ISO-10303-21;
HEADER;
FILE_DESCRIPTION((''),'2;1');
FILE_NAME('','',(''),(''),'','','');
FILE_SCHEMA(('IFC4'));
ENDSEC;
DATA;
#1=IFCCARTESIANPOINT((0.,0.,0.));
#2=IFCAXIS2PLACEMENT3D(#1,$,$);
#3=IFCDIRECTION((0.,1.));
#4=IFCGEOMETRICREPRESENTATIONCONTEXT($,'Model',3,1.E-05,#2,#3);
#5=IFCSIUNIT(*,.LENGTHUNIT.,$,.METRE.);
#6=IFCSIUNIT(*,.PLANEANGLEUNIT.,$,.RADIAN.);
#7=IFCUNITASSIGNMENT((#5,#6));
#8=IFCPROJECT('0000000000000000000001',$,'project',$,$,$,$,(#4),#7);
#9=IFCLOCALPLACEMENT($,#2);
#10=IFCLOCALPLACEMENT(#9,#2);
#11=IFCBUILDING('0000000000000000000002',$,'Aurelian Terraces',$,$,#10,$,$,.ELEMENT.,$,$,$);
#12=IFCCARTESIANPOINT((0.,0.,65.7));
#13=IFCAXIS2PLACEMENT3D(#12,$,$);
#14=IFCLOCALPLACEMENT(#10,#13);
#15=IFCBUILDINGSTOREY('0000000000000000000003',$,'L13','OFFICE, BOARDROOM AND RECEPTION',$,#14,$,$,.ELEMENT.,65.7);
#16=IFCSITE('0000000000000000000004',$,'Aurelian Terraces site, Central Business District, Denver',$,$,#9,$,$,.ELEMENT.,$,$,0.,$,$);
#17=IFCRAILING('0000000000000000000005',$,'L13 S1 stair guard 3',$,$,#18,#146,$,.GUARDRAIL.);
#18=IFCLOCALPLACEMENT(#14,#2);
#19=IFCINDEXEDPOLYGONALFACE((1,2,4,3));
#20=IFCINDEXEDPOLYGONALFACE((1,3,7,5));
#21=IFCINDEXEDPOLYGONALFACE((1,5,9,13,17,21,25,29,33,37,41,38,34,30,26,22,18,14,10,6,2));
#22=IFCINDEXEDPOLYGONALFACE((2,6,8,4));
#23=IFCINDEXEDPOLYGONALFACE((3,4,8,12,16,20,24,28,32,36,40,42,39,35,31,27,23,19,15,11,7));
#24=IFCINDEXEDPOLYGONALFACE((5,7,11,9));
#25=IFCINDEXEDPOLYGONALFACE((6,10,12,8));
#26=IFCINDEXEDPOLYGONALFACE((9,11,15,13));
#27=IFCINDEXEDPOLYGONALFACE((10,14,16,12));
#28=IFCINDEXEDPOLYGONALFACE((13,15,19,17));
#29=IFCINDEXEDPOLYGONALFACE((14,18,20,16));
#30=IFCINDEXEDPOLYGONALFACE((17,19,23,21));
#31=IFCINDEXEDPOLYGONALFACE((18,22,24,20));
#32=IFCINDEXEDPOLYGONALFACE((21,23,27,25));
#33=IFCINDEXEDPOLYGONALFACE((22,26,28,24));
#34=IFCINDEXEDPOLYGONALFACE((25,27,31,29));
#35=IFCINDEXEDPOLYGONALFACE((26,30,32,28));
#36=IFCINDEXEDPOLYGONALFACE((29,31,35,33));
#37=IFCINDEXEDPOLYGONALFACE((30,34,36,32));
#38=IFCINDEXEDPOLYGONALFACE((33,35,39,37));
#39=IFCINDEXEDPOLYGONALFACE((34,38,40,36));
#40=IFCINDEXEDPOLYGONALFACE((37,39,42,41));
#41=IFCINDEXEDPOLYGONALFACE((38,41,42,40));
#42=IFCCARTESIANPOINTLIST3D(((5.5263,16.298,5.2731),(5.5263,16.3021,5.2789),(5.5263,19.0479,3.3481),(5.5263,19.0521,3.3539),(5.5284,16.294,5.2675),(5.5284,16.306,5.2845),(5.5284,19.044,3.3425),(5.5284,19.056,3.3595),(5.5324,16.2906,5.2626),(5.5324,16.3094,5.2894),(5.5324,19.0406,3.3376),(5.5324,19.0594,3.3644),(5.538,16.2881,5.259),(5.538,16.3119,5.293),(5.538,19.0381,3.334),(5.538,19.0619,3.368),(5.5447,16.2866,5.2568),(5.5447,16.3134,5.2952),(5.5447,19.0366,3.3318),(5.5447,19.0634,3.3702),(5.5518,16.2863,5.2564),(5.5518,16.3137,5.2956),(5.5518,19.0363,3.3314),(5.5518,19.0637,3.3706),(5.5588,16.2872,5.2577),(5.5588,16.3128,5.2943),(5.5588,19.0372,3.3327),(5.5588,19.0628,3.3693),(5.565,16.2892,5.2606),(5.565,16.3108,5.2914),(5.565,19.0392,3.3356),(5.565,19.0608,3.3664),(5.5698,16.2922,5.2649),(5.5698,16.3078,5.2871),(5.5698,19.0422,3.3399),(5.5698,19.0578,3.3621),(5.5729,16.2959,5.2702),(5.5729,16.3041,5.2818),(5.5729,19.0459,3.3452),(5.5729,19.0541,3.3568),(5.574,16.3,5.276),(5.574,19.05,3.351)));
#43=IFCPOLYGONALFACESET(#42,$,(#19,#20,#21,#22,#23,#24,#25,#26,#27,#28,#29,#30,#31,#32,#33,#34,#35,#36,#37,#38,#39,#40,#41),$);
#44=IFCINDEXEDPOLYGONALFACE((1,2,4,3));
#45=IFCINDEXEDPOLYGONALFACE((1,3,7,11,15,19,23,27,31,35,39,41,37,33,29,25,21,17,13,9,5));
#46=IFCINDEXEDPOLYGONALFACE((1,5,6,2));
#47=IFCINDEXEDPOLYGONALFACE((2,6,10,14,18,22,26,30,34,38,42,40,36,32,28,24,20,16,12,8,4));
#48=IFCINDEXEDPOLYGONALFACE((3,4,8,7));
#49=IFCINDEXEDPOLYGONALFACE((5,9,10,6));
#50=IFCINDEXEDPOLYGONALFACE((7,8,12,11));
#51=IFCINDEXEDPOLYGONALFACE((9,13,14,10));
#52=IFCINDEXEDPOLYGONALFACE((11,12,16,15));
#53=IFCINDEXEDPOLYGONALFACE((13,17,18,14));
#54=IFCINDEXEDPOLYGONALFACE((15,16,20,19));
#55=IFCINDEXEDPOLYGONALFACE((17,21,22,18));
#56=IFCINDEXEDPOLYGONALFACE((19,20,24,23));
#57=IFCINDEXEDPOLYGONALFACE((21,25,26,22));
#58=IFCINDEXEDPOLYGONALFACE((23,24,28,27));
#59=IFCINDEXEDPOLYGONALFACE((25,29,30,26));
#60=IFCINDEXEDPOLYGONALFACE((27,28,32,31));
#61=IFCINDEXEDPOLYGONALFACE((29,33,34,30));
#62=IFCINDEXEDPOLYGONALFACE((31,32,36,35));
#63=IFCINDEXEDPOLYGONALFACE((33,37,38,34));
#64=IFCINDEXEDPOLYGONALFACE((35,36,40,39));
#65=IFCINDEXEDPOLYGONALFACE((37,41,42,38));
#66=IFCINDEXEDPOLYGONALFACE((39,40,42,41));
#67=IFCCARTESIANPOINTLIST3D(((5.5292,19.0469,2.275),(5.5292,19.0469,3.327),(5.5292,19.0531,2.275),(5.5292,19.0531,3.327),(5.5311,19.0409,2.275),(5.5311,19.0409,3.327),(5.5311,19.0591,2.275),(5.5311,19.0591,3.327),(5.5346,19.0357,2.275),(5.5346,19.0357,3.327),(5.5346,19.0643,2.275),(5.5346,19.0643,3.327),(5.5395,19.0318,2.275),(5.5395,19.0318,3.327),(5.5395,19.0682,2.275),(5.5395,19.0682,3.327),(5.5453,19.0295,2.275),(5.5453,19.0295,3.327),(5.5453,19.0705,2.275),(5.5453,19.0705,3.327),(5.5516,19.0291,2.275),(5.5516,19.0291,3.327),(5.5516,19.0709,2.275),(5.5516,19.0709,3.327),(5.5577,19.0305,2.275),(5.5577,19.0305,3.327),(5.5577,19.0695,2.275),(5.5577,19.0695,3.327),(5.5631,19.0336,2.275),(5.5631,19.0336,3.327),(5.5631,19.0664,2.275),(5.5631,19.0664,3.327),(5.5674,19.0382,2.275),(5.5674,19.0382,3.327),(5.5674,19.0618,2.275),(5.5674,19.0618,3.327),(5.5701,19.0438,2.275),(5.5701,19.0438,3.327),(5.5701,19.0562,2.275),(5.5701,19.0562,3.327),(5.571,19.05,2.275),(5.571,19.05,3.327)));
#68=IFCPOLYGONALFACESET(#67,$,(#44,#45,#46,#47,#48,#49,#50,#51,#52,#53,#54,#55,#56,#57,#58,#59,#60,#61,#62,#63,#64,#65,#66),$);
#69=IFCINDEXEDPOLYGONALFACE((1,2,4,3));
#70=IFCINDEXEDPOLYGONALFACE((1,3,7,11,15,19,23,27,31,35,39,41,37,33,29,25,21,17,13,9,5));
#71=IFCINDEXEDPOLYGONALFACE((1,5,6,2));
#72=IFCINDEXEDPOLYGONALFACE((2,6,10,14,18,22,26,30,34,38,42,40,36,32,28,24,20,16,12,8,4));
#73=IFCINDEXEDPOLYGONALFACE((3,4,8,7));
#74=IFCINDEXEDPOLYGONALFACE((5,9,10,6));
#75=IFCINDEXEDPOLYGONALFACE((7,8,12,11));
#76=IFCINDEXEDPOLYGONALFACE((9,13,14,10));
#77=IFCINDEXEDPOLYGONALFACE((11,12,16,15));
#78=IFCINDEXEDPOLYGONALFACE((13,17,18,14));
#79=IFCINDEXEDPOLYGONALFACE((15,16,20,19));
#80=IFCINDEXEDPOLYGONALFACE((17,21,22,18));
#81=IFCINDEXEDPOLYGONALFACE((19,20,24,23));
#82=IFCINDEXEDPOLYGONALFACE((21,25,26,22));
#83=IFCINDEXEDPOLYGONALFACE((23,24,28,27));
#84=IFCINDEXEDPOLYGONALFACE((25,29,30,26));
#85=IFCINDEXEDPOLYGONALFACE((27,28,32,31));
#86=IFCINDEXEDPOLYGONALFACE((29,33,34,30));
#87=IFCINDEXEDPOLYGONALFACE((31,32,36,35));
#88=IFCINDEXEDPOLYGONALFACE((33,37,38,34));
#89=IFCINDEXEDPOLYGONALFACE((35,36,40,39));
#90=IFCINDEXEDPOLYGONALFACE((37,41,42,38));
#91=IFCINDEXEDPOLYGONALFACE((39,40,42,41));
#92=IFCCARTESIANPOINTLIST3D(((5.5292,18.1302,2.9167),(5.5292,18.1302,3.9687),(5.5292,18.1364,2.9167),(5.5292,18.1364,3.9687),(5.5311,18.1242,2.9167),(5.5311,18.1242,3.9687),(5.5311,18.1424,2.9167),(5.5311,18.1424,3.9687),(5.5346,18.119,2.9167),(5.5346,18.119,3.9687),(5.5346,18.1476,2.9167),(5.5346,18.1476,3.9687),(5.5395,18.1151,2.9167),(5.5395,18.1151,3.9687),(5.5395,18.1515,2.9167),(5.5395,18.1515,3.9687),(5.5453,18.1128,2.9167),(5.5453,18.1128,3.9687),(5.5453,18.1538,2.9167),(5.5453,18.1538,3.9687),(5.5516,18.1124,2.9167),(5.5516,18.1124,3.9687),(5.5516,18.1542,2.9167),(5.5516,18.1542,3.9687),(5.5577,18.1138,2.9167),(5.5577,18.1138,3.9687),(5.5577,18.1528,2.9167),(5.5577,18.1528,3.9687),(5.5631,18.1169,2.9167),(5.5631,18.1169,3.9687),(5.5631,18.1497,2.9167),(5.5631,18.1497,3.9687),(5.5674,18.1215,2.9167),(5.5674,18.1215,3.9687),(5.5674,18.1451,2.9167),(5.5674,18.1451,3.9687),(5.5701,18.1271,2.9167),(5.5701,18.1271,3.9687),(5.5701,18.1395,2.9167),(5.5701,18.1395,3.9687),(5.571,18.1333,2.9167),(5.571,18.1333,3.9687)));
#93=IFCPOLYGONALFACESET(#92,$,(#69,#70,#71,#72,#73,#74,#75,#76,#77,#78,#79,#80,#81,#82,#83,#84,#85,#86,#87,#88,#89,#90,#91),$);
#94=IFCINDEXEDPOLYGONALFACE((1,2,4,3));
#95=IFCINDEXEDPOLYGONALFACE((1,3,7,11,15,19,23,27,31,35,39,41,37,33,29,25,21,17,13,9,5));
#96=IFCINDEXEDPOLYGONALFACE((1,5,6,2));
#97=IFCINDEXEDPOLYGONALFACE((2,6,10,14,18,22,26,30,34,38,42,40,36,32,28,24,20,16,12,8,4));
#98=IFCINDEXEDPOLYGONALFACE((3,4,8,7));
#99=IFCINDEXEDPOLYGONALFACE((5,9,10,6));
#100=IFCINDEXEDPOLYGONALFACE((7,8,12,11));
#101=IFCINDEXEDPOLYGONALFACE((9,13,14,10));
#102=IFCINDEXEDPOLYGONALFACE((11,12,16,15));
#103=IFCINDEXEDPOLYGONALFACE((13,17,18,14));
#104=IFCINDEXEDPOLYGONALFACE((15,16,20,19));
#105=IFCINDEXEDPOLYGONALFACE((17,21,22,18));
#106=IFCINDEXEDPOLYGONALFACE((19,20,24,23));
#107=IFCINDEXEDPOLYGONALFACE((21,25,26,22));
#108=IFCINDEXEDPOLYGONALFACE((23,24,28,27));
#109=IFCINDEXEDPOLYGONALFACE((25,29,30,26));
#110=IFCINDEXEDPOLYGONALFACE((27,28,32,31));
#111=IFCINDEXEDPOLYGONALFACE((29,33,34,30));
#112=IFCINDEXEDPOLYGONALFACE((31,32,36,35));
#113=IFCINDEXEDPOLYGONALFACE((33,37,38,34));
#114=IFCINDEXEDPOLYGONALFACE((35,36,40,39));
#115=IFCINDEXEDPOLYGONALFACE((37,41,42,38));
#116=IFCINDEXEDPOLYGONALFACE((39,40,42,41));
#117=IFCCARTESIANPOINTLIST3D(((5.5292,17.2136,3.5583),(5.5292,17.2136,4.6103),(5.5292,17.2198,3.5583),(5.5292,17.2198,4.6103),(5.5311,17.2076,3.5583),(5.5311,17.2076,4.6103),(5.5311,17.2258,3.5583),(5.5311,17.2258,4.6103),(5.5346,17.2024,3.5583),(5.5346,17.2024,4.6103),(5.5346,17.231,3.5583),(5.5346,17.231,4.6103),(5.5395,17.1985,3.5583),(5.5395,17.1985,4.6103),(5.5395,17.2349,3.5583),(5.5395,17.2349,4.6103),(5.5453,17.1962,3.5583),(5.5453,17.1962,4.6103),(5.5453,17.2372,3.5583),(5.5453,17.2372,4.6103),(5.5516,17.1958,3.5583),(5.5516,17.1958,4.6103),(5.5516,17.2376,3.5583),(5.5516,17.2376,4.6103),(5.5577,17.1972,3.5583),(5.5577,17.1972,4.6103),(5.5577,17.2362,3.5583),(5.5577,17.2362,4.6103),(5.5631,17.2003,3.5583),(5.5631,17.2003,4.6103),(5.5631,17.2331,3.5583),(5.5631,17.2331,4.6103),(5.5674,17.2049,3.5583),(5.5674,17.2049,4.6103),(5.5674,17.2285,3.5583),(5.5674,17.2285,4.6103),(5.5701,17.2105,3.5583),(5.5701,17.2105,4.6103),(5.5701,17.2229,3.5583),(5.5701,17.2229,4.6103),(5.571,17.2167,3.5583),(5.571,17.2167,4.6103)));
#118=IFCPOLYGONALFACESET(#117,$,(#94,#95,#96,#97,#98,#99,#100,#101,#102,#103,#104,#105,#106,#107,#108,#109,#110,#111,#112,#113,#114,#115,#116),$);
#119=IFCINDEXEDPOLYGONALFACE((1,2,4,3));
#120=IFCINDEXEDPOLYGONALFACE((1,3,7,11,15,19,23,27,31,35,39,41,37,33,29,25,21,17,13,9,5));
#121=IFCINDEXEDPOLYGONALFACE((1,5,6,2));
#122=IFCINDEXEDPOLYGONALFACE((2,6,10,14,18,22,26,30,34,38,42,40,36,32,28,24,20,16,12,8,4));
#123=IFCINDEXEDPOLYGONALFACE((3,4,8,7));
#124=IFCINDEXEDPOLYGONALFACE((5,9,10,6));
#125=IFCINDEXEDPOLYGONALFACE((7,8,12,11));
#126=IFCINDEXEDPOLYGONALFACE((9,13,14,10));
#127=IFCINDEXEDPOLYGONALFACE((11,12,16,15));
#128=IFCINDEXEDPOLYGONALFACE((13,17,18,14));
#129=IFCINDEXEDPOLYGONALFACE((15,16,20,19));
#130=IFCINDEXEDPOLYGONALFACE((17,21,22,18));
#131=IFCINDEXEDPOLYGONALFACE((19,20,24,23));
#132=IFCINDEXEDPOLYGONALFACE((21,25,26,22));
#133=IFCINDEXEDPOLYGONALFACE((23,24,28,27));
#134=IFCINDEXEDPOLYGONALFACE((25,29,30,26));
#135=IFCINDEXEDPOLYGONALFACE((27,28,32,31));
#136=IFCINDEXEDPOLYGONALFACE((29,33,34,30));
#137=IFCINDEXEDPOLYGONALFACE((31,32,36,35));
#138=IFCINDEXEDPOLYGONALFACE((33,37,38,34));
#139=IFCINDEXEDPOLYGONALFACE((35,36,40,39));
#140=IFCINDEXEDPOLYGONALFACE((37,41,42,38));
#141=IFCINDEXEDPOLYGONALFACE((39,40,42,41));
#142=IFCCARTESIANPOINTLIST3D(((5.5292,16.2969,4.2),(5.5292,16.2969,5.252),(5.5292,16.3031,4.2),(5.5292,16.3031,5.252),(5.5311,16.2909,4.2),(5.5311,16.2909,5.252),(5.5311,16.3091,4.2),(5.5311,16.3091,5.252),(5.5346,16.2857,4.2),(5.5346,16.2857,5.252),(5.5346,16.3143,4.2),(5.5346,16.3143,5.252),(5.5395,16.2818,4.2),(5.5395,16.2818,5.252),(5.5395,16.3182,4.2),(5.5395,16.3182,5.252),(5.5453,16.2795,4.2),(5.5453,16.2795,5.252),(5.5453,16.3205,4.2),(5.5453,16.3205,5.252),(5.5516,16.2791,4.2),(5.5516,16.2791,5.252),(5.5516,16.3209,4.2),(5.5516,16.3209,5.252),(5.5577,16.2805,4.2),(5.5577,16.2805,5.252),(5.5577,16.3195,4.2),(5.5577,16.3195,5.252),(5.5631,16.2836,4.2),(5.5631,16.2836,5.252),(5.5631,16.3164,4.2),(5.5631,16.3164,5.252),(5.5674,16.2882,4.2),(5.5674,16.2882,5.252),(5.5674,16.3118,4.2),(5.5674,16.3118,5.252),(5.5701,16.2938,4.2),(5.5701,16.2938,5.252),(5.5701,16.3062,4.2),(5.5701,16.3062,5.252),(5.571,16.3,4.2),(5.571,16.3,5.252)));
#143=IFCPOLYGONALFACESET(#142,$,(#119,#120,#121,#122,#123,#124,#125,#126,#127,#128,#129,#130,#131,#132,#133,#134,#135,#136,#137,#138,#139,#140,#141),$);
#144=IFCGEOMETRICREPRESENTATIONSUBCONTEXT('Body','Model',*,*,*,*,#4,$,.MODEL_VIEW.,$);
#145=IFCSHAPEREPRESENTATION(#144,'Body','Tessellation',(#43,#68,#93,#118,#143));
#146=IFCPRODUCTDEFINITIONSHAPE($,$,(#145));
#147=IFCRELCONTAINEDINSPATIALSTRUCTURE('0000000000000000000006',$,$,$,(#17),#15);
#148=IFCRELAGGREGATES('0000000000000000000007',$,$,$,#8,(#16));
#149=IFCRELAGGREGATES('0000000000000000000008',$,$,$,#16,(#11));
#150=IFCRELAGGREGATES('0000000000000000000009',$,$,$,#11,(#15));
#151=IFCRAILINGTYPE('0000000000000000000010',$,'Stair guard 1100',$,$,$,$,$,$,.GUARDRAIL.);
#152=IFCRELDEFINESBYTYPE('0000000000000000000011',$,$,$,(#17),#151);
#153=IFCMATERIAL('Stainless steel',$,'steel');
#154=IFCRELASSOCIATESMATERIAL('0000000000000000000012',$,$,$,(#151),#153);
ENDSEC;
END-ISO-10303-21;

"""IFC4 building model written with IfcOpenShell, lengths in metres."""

from ifc_helpers import new_model, si_unit, direction, frame, origin, origin_2d, place, context, subcontext, project, spatial, circle, extrude, source, transform, mapped, material, type_object, element, save


model = new_model("IFC4")

# Units and contexts
model_context = context("Model", 3, precision=1e-05, world=origin(), true_north=direction((0.0, 1.0)))
body_context = subcontext(model_context, "Body", "Model", "MODEL_VIEW")
ifc_project = project(units=[si_unit("LENGTHUNIT", "METRE"), si_unit("PLANEANGLEUNIT", "RADIAN")], contexts=[model_context])

# Site, building, storey
site_placement = place(None, origin())
site = spatial("IfcSite", under=ifc_project, at=site_placement, Name="Aurelian Terraces site, Central Business District, Denver", CompositionType="ELEMENT", RefElevation=0.0)
building_placement = place(site_placement, origin())
building = spatial("IfcBuilding", under=site, at=building_placement, Name="Aurelian Terraces", CompositionType="ELEMENT")
storey_placement = place(building_placement, frame((0.0, 0.0, 65.7)))
storey = spatial("IfcBuildingStorey", under=building, at=storey_placement, Name="L13", Description="OFFICE, BOARDROOM AND RECEPTION", CompositionType="ELEMENT", Elevation=65.7)

# Railing
ifc_material_1 = material(Name="Stainless steel", Category="steel")
railing_type_1 = type_object("IfcRailingType", Name="Stair guard 1100", PredefinedType="GUARDRAIL", material=ifc_material_1)
shared_shape_1 = source(origin(), body_context, "Body", "SweptSolid", [
    extrude(circle(Radius=0.024, at=origin_2d()), frame((0.0, 0.0, 1.076), z_axis=(0.0, -0.819232, 0.573462), x_axis=(1.0, 0.0, 0.0)), (0.0, 0.0, 1.0), 3.3568),
    extrude(circle(Radius=0.021, at=origin_2d()), origin(), (0.0, 0.0, 1.0), 1.052),
    extrude(circle(Radius=0.021, at=origin_2d()), frame((0.0, -0.9167, 0.6417)), (0.0, 0.0, 1.0), 1.052),
    extrude(circle(Radius=0.021, at=origin_2d()), frame((0.0, -1.8333, 1.2833)), (0.0, 0.0, 1.0), 1.052),
    extrude(circle(Radius=0.021, at=origin_2d()), frame((0.0, -2.75, 1.925)), (0.0, 0.0, 1.0), 1.052),
])
railing_1_placement = place(storey_placement, frame((5.55, 19.05, 2.275)))
element("IfcRailing", 1, at=railing_1_placement, inside=storey, type_object=railing_type_1, Name="L13 S1 stair guard 3", PredefinedType="GUARDRAIL", context=body_context, shape_type="MappedRepresentation", body=[
    mapped(shared_shape_1, transform((0.0, 0.0, 0.0), scale=1.0)),
])

save(model, "model.ifc")
